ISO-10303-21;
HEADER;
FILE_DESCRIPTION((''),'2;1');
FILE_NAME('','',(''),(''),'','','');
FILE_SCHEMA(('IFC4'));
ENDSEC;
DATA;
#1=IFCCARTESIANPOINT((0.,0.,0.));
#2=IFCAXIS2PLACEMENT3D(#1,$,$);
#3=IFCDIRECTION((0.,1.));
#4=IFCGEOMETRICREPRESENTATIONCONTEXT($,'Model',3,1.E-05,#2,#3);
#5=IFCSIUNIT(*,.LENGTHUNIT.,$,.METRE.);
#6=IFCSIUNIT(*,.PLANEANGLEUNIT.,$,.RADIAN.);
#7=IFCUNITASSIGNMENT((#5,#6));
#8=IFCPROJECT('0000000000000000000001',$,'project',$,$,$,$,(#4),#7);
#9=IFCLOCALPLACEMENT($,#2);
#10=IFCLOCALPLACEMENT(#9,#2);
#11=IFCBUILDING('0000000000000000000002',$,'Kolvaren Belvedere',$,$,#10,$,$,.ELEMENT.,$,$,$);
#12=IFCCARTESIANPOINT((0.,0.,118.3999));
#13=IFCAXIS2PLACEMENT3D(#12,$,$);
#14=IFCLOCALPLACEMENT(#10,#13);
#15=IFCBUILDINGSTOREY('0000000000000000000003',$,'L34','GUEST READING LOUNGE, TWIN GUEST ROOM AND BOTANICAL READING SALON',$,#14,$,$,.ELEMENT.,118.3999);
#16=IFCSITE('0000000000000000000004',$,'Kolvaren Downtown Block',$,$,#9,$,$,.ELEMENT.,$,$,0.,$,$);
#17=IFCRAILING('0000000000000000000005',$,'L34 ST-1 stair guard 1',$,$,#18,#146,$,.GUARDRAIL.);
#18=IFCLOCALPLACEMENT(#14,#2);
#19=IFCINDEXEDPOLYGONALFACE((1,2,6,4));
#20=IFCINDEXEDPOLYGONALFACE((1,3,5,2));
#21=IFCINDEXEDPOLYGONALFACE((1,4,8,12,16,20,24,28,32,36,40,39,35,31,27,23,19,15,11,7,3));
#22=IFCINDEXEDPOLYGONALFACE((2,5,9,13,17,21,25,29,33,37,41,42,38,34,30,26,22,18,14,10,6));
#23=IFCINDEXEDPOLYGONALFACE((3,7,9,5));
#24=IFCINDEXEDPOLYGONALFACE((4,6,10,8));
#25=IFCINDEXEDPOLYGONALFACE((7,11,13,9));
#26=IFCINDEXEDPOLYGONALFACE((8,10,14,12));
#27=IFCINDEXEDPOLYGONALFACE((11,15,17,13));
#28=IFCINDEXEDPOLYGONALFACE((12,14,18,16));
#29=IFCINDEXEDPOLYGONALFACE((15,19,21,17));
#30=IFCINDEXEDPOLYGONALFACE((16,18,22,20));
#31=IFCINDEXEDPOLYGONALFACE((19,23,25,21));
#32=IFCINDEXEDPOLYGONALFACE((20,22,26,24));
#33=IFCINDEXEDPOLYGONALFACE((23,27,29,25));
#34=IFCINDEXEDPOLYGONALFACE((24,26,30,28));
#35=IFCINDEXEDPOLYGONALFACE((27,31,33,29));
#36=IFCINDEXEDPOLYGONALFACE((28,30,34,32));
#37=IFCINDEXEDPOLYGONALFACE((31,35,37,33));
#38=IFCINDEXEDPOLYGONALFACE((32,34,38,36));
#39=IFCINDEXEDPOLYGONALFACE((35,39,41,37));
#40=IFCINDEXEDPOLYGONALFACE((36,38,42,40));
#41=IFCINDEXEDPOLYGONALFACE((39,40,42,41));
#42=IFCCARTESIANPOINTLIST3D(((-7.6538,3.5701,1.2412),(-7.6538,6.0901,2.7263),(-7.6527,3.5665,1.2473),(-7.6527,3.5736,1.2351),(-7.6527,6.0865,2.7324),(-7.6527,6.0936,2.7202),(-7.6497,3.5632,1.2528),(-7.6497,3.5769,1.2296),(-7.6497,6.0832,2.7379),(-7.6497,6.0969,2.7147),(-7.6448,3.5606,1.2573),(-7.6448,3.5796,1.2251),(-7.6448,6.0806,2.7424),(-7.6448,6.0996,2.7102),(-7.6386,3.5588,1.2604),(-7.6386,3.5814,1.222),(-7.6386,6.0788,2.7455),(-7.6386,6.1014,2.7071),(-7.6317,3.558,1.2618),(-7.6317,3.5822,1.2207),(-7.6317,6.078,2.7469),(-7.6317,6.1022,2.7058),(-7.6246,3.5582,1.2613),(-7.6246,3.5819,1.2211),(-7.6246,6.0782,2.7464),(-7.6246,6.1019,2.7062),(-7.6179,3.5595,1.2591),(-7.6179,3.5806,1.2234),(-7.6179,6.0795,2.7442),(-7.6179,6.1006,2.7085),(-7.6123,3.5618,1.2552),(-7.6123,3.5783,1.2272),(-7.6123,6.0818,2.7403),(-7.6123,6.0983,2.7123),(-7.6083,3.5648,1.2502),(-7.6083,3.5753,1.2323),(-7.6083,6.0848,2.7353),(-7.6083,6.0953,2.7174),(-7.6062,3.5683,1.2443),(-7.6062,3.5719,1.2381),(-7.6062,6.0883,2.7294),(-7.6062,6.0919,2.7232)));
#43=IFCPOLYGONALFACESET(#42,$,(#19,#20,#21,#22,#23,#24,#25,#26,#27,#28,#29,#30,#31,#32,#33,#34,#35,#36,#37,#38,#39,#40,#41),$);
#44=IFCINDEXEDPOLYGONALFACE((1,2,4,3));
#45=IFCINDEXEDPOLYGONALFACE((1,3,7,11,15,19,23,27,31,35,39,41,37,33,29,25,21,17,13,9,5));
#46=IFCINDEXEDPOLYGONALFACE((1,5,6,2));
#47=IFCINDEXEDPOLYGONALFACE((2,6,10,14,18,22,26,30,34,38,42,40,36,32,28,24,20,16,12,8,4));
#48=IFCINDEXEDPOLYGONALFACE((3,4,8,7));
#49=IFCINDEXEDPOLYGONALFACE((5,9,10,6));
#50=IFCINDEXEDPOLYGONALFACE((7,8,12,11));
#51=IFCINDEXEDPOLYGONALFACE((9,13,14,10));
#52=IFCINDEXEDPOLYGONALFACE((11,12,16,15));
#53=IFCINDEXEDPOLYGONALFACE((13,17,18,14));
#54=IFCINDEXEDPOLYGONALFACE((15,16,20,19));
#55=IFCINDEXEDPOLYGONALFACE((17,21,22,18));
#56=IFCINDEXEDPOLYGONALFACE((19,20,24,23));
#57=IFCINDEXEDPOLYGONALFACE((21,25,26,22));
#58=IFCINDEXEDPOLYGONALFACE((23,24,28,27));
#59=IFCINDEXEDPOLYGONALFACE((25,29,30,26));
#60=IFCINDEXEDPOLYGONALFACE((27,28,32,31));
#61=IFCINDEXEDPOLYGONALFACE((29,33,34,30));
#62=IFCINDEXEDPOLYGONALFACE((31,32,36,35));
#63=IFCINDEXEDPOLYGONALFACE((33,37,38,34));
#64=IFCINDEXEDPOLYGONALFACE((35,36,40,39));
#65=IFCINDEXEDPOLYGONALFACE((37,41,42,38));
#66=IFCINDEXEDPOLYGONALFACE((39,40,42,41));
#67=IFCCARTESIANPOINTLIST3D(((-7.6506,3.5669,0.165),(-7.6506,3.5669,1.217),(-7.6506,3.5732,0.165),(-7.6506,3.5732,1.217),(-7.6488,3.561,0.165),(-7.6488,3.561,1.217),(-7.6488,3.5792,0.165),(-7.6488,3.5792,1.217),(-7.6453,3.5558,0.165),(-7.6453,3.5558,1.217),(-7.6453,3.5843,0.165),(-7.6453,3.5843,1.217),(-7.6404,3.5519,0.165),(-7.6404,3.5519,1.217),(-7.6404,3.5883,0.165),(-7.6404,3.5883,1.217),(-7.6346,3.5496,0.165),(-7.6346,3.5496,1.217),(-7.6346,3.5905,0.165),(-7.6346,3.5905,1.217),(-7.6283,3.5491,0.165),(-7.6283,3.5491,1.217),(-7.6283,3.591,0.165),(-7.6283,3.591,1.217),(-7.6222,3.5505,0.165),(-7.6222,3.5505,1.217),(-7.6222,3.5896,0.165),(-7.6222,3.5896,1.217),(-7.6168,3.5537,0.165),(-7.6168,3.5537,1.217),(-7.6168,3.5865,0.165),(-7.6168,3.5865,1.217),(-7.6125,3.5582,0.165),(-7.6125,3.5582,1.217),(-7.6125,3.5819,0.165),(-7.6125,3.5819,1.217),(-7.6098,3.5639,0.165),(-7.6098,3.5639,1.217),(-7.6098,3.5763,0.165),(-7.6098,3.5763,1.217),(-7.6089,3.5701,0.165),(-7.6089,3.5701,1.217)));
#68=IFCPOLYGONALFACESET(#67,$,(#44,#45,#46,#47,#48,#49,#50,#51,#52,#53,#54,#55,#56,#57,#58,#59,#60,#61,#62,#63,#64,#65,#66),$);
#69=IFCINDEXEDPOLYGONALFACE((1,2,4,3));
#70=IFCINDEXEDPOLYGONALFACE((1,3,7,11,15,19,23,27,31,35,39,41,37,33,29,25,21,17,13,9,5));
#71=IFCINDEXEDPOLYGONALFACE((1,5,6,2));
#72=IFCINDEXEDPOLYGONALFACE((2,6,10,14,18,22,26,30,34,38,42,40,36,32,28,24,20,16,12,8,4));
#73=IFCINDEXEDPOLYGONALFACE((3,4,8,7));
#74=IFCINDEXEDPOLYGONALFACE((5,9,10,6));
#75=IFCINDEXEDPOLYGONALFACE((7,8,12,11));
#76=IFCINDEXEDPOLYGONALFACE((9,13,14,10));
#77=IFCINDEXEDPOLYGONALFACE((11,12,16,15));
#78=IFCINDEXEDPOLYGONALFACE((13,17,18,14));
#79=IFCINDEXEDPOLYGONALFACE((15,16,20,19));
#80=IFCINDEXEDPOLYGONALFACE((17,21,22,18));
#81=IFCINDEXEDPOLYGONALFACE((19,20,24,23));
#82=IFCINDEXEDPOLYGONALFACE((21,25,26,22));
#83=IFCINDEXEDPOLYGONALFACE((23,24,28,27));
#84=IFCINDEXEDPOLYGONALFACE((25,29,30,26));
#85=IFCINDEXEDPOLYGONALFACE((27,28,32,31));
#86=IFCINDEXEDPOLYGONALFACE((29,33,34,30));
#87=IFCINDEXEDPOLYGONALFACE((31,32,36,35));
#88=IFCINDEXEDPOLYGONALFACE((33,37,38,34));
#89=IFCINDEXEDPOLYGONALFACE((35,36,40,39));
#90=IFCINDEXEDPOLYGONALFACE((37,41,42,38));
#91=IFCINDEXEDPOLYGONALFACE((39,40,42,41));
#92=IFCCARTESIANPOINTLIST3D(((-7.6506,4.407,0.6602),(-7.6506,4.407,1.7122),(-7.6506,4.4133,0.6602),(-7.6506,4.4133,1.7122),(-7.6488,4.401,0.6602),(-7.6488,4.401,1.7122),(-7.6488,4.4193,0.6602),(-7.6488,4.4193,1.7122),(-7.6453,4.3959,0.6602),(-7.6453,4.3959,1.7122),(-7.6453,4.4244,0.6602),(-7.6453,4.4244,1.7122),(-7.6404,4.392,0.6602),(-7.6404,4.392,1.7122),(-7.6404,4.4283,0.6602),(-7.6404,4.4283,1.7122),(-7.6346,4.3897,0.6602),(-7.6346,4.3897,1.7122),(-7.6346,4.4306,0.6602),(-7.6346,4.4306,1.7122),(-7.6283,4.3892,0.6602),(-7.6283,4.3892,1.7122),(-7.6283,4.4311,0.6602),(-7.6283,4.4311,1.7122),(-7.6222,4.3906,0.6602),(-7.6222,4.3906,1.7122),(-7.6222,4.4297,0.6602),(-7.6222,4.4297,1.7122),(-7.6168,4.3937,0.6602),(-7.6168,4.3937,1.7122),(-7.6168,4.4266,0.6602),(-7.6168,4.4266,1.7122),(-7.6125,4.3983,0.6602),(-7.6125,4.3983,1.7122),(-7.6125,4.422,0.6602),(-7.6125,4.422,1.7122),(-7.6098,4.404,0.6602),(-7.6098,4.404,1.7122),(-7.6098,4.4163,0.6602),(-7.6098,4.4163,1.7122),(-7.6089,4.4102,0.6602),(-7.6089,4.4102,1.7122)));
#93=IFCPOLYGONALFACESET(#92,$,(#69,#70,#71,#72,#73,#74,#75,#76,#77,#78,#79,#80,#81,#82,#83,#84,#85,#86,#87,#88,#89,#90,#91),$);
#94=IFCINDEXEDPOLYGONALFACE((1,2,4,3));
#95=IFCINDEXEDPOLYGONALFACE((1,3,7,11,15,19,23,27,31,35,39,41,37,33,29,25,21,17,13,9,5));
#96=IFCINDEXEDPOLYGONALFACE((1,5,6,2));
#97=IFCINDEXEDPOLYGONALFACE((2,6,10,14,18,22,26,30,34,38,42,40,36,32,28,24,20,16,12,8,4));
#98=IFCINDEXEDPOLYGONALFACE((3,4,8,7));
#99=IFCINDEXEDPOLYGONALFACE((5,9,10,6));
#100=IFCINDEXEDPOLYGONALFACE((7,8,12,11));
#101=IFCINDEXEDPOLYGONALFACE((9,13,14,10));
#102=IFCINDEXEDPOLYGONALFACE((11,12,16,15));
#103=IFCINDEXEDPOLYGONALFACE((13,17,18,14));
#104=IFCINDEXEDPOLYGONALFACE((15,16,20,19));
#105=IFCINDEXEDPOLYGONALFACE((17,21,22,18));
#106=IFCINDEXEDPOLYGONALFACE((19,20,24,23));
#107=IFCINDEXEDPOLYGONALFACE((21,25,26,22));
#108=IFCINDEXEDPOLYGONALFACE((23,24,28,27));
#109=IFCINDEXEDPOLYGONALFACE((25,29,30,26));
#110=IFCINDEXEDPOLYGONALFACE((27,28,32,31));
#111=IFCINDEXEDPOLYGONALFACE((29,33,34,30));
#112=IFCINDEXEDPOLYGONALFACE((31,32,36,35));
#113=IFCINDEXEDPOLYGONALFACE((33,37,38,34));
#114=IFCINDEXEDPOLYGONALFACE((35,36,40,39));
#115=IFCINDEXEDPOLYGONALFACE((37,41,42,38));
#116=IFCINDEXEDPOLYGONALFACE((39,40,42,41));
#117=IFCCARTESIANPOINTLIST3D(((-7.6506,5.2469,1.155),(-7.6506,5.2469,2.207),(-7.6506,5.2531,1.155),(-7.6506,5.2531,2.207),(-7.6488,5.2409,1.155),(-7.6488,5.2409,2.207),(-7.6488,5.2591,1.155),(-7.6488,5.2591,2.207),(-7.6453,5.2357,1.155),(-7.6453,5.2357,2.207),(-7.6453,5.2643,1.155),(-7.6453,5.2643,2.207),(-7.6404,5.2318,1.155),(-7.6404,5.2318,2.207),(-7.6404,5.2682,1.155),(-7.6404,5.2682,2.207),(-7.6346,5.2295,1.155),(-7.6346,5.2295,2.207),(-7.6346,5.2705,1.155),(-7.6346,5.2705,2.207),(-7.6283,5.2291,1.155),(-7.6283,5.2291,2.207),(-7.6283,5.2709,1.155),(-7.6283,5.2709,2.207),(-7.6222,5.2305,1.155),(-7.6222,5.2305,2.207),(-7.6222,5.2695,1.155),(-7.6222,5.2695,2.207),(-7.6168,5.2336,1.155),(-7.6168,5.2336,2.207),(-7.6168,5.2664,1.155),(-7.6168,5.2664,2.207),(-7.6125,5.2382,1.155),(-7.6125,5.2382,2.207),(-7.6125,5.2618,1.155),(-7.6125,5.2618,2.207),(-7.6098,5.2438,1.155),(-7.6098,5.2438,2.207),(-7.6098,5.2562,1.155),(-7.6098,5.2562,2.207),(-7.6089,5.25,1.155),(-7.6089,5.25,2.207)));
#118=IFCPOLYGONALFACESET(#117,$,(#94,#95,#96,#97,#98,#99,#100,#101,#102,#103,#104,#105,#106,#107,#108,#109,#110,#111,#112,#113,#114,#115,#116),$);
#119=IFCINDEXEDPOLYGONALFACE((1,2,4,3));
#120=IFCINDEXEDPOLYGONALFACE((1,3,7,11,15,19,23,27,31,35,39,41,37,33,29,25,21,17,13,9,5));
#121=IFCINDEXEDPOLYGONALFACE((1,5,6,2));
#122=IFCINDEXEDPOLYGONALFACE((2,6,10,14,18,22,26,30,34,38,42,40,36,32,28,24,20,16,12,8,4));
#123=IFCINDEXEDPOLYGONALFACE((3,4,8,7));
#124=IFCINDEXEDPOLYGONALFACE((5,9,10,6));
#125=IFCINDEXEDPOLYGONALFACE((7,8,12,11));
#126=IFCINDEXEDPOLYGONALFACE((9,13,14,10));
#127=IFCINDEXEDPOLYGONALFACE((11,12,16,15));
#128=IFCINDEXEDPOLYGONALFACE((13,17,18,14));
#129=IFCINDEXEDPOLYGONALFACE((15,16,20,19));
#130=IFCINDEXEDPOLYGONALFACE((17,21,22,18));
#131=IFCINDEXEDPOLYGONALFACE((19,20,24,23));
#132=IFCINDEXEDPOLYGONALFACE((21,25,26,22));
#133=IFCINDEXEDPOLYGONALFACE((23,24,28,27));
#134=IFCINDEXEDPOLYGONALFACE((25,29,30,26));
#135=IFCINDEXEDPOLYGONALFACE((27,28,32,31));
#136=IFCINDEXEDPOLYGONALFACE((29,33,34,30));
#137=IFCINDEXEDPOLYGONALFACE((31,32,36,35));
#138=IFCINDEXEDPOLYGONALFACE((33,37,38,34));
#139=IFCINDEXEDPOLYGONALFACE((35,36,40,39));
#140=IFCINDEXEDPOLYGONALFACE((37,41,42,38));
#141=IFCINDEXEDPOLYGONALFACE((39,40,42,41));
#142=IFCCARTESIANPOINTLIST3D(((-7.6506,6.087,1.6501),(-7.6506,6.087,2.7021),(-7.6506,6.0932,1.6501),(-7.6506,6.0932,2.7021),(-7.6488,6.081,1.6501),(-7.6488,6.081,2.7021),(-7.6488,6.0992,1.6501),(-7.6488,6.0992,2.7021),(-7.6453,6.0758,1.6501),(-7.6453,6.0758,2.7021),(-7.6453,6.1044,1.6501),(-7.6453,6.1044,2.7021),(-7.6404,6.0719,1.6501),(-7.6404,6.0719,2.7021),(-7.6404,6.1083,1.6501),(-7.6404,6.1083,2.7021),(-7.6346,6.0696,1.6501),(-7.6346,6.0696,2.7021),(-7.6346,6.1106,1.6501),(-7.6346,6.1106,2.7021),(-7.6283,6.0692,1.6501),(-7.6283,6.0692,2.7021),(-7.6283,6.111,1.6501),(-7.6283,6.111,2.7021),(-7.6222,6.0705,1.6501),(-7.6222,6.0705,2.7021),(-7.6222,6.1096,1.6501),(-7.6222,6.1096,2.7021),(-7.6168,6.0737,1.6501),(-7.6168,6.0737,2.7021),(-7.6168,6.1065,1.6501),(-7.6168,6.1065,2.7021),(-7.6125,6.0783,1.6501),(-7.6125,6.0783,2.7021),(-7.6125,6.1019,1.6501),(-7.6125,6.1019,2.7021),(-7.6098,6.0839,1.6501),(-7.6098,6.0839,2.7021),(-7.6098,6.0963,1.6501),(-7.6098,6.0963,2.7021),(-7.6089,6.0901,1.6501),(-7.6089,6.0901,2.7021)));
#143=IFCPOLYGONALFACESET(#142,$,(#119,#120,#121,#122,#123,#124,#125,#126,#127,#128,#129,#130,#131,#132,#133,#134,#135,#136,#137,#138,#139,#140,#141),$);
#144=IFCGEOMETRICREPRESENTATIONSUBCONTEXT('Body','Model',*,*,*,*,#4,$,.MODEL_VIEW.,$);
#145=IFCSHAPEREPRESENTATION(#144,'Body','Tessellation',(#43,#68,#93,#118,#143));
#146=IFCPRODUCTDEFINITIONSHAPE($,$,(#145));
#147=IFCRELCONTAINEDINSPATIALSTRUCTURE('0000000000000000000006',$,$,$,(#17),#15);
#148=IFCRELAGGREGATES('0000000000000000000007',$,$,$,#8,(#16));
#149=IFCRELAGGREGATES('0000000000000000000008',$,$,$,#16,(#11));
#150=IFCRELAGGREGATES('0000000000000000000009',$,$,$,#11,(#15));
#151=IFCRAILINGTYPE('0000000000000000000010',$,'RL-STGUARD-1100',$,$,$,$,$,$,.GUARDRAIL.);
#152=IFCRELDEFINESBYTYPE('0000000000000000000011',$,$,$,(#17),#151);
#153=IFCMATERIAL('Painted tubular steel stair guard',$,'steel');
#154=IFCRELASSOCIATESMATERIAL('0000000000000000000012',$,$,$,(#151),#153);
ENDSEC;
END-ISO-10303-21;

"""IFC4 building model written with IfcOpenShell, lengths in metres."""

from ifc_helpers import new_model, si_unit, direction, frame, origin, origin_2d, place, context, subcontext, project, spatial, circle, extrude, material, type_object, element, save


model = new_model("IFC4")

# Units and contexts
model_context = context("Model", 3, precision=1e-05, world=origin(), true_north=direction((0.0, 1.0)))
body_context = subcontext(model_context, "Body", "Model", "MODEL_VIEW")
ifc_project = project(units=[si_unit("LENGTHUNIT", "METRE"), si_unit("PLANEANGLEUNIT", "RADIAN")], contexts=[model_context])

# Site, building, storey
site_placement = place(None, origin())
site = spatial("IfcSite", under=ifc_project, at=site_placement, Name="Kolvaren Downtown Block", CompositionType="ELEMENT", RefElevation=0.0)
building_placement = place(site_placement, origin())
building = spatial("IfcBuilding", under=site, at=building_placement, Name="Kolvaren Belvedere", CompositionType="ELEMENT")
storey_placement = place(building_placement, frame((0.0, 0.0, 118.3999)))
storey = spatial("IfcBuildingStorey", under=building, at=storey_placement, Name="L34", Description="GUEST READING LOUNGE, TWIN GUEST ROOM AND BOTANICAL READING SALON", CompositionType="ELEMENT", Elevation=118.3999)

# Railing
ifc_material_1 = material(Name="Painted tubular steel stair guard", Category="steel")
railing_type_1 = type_object("IfcRailingType", Name="RL-STGUARD-1100", PredefinedType="GUARDRAIL", material=ifc_material_1)
railing_1_placement = place(storey_placement, frame((-7.6299, 3.5701, 0.165)))
element("IfcRailing", 1, at=railing_1_placement, inside=storey, type_object=railing_type_1, Name="L34 ST-1 stair guard 1", PredefinedType="GUARDRAIL", context=body_context, shape_type="SweptSolid", body=[
    extrude(circle(Radius=0.0239, at=origin_2d()), frame((0.0, 0.0, 1.0762), z_axis=(0.0, 0.861524, 0.507717), x_axis=(-1.0, 0.0, 0.0)), (0.0, 0.0, 1.0), 2.925),
    extrude(circle(Radius=0.021, at=origin_2d()), origin(), (0.0, 0.0, 1.0), 1.052),
    extrude(circle(Radius=0.021, at=origin_2d()), frame((0.0, 0.8401, 0.4951)), (0.0, 0.0, 1.0), 1.052),
    extrude(circle(Radius=0.021, at=origin_2d()), frame((0.0, 1.6799, 0.99)), (0.0, 0.0, 1.0), 1.052),
    extrude(circle(Radius=0.021, at=origin_2d()), frame((0.0, 2.52, 1.4851)), (0.0, 0.0, 1.0), 1.052),
])

save(model, "model.ifc")
